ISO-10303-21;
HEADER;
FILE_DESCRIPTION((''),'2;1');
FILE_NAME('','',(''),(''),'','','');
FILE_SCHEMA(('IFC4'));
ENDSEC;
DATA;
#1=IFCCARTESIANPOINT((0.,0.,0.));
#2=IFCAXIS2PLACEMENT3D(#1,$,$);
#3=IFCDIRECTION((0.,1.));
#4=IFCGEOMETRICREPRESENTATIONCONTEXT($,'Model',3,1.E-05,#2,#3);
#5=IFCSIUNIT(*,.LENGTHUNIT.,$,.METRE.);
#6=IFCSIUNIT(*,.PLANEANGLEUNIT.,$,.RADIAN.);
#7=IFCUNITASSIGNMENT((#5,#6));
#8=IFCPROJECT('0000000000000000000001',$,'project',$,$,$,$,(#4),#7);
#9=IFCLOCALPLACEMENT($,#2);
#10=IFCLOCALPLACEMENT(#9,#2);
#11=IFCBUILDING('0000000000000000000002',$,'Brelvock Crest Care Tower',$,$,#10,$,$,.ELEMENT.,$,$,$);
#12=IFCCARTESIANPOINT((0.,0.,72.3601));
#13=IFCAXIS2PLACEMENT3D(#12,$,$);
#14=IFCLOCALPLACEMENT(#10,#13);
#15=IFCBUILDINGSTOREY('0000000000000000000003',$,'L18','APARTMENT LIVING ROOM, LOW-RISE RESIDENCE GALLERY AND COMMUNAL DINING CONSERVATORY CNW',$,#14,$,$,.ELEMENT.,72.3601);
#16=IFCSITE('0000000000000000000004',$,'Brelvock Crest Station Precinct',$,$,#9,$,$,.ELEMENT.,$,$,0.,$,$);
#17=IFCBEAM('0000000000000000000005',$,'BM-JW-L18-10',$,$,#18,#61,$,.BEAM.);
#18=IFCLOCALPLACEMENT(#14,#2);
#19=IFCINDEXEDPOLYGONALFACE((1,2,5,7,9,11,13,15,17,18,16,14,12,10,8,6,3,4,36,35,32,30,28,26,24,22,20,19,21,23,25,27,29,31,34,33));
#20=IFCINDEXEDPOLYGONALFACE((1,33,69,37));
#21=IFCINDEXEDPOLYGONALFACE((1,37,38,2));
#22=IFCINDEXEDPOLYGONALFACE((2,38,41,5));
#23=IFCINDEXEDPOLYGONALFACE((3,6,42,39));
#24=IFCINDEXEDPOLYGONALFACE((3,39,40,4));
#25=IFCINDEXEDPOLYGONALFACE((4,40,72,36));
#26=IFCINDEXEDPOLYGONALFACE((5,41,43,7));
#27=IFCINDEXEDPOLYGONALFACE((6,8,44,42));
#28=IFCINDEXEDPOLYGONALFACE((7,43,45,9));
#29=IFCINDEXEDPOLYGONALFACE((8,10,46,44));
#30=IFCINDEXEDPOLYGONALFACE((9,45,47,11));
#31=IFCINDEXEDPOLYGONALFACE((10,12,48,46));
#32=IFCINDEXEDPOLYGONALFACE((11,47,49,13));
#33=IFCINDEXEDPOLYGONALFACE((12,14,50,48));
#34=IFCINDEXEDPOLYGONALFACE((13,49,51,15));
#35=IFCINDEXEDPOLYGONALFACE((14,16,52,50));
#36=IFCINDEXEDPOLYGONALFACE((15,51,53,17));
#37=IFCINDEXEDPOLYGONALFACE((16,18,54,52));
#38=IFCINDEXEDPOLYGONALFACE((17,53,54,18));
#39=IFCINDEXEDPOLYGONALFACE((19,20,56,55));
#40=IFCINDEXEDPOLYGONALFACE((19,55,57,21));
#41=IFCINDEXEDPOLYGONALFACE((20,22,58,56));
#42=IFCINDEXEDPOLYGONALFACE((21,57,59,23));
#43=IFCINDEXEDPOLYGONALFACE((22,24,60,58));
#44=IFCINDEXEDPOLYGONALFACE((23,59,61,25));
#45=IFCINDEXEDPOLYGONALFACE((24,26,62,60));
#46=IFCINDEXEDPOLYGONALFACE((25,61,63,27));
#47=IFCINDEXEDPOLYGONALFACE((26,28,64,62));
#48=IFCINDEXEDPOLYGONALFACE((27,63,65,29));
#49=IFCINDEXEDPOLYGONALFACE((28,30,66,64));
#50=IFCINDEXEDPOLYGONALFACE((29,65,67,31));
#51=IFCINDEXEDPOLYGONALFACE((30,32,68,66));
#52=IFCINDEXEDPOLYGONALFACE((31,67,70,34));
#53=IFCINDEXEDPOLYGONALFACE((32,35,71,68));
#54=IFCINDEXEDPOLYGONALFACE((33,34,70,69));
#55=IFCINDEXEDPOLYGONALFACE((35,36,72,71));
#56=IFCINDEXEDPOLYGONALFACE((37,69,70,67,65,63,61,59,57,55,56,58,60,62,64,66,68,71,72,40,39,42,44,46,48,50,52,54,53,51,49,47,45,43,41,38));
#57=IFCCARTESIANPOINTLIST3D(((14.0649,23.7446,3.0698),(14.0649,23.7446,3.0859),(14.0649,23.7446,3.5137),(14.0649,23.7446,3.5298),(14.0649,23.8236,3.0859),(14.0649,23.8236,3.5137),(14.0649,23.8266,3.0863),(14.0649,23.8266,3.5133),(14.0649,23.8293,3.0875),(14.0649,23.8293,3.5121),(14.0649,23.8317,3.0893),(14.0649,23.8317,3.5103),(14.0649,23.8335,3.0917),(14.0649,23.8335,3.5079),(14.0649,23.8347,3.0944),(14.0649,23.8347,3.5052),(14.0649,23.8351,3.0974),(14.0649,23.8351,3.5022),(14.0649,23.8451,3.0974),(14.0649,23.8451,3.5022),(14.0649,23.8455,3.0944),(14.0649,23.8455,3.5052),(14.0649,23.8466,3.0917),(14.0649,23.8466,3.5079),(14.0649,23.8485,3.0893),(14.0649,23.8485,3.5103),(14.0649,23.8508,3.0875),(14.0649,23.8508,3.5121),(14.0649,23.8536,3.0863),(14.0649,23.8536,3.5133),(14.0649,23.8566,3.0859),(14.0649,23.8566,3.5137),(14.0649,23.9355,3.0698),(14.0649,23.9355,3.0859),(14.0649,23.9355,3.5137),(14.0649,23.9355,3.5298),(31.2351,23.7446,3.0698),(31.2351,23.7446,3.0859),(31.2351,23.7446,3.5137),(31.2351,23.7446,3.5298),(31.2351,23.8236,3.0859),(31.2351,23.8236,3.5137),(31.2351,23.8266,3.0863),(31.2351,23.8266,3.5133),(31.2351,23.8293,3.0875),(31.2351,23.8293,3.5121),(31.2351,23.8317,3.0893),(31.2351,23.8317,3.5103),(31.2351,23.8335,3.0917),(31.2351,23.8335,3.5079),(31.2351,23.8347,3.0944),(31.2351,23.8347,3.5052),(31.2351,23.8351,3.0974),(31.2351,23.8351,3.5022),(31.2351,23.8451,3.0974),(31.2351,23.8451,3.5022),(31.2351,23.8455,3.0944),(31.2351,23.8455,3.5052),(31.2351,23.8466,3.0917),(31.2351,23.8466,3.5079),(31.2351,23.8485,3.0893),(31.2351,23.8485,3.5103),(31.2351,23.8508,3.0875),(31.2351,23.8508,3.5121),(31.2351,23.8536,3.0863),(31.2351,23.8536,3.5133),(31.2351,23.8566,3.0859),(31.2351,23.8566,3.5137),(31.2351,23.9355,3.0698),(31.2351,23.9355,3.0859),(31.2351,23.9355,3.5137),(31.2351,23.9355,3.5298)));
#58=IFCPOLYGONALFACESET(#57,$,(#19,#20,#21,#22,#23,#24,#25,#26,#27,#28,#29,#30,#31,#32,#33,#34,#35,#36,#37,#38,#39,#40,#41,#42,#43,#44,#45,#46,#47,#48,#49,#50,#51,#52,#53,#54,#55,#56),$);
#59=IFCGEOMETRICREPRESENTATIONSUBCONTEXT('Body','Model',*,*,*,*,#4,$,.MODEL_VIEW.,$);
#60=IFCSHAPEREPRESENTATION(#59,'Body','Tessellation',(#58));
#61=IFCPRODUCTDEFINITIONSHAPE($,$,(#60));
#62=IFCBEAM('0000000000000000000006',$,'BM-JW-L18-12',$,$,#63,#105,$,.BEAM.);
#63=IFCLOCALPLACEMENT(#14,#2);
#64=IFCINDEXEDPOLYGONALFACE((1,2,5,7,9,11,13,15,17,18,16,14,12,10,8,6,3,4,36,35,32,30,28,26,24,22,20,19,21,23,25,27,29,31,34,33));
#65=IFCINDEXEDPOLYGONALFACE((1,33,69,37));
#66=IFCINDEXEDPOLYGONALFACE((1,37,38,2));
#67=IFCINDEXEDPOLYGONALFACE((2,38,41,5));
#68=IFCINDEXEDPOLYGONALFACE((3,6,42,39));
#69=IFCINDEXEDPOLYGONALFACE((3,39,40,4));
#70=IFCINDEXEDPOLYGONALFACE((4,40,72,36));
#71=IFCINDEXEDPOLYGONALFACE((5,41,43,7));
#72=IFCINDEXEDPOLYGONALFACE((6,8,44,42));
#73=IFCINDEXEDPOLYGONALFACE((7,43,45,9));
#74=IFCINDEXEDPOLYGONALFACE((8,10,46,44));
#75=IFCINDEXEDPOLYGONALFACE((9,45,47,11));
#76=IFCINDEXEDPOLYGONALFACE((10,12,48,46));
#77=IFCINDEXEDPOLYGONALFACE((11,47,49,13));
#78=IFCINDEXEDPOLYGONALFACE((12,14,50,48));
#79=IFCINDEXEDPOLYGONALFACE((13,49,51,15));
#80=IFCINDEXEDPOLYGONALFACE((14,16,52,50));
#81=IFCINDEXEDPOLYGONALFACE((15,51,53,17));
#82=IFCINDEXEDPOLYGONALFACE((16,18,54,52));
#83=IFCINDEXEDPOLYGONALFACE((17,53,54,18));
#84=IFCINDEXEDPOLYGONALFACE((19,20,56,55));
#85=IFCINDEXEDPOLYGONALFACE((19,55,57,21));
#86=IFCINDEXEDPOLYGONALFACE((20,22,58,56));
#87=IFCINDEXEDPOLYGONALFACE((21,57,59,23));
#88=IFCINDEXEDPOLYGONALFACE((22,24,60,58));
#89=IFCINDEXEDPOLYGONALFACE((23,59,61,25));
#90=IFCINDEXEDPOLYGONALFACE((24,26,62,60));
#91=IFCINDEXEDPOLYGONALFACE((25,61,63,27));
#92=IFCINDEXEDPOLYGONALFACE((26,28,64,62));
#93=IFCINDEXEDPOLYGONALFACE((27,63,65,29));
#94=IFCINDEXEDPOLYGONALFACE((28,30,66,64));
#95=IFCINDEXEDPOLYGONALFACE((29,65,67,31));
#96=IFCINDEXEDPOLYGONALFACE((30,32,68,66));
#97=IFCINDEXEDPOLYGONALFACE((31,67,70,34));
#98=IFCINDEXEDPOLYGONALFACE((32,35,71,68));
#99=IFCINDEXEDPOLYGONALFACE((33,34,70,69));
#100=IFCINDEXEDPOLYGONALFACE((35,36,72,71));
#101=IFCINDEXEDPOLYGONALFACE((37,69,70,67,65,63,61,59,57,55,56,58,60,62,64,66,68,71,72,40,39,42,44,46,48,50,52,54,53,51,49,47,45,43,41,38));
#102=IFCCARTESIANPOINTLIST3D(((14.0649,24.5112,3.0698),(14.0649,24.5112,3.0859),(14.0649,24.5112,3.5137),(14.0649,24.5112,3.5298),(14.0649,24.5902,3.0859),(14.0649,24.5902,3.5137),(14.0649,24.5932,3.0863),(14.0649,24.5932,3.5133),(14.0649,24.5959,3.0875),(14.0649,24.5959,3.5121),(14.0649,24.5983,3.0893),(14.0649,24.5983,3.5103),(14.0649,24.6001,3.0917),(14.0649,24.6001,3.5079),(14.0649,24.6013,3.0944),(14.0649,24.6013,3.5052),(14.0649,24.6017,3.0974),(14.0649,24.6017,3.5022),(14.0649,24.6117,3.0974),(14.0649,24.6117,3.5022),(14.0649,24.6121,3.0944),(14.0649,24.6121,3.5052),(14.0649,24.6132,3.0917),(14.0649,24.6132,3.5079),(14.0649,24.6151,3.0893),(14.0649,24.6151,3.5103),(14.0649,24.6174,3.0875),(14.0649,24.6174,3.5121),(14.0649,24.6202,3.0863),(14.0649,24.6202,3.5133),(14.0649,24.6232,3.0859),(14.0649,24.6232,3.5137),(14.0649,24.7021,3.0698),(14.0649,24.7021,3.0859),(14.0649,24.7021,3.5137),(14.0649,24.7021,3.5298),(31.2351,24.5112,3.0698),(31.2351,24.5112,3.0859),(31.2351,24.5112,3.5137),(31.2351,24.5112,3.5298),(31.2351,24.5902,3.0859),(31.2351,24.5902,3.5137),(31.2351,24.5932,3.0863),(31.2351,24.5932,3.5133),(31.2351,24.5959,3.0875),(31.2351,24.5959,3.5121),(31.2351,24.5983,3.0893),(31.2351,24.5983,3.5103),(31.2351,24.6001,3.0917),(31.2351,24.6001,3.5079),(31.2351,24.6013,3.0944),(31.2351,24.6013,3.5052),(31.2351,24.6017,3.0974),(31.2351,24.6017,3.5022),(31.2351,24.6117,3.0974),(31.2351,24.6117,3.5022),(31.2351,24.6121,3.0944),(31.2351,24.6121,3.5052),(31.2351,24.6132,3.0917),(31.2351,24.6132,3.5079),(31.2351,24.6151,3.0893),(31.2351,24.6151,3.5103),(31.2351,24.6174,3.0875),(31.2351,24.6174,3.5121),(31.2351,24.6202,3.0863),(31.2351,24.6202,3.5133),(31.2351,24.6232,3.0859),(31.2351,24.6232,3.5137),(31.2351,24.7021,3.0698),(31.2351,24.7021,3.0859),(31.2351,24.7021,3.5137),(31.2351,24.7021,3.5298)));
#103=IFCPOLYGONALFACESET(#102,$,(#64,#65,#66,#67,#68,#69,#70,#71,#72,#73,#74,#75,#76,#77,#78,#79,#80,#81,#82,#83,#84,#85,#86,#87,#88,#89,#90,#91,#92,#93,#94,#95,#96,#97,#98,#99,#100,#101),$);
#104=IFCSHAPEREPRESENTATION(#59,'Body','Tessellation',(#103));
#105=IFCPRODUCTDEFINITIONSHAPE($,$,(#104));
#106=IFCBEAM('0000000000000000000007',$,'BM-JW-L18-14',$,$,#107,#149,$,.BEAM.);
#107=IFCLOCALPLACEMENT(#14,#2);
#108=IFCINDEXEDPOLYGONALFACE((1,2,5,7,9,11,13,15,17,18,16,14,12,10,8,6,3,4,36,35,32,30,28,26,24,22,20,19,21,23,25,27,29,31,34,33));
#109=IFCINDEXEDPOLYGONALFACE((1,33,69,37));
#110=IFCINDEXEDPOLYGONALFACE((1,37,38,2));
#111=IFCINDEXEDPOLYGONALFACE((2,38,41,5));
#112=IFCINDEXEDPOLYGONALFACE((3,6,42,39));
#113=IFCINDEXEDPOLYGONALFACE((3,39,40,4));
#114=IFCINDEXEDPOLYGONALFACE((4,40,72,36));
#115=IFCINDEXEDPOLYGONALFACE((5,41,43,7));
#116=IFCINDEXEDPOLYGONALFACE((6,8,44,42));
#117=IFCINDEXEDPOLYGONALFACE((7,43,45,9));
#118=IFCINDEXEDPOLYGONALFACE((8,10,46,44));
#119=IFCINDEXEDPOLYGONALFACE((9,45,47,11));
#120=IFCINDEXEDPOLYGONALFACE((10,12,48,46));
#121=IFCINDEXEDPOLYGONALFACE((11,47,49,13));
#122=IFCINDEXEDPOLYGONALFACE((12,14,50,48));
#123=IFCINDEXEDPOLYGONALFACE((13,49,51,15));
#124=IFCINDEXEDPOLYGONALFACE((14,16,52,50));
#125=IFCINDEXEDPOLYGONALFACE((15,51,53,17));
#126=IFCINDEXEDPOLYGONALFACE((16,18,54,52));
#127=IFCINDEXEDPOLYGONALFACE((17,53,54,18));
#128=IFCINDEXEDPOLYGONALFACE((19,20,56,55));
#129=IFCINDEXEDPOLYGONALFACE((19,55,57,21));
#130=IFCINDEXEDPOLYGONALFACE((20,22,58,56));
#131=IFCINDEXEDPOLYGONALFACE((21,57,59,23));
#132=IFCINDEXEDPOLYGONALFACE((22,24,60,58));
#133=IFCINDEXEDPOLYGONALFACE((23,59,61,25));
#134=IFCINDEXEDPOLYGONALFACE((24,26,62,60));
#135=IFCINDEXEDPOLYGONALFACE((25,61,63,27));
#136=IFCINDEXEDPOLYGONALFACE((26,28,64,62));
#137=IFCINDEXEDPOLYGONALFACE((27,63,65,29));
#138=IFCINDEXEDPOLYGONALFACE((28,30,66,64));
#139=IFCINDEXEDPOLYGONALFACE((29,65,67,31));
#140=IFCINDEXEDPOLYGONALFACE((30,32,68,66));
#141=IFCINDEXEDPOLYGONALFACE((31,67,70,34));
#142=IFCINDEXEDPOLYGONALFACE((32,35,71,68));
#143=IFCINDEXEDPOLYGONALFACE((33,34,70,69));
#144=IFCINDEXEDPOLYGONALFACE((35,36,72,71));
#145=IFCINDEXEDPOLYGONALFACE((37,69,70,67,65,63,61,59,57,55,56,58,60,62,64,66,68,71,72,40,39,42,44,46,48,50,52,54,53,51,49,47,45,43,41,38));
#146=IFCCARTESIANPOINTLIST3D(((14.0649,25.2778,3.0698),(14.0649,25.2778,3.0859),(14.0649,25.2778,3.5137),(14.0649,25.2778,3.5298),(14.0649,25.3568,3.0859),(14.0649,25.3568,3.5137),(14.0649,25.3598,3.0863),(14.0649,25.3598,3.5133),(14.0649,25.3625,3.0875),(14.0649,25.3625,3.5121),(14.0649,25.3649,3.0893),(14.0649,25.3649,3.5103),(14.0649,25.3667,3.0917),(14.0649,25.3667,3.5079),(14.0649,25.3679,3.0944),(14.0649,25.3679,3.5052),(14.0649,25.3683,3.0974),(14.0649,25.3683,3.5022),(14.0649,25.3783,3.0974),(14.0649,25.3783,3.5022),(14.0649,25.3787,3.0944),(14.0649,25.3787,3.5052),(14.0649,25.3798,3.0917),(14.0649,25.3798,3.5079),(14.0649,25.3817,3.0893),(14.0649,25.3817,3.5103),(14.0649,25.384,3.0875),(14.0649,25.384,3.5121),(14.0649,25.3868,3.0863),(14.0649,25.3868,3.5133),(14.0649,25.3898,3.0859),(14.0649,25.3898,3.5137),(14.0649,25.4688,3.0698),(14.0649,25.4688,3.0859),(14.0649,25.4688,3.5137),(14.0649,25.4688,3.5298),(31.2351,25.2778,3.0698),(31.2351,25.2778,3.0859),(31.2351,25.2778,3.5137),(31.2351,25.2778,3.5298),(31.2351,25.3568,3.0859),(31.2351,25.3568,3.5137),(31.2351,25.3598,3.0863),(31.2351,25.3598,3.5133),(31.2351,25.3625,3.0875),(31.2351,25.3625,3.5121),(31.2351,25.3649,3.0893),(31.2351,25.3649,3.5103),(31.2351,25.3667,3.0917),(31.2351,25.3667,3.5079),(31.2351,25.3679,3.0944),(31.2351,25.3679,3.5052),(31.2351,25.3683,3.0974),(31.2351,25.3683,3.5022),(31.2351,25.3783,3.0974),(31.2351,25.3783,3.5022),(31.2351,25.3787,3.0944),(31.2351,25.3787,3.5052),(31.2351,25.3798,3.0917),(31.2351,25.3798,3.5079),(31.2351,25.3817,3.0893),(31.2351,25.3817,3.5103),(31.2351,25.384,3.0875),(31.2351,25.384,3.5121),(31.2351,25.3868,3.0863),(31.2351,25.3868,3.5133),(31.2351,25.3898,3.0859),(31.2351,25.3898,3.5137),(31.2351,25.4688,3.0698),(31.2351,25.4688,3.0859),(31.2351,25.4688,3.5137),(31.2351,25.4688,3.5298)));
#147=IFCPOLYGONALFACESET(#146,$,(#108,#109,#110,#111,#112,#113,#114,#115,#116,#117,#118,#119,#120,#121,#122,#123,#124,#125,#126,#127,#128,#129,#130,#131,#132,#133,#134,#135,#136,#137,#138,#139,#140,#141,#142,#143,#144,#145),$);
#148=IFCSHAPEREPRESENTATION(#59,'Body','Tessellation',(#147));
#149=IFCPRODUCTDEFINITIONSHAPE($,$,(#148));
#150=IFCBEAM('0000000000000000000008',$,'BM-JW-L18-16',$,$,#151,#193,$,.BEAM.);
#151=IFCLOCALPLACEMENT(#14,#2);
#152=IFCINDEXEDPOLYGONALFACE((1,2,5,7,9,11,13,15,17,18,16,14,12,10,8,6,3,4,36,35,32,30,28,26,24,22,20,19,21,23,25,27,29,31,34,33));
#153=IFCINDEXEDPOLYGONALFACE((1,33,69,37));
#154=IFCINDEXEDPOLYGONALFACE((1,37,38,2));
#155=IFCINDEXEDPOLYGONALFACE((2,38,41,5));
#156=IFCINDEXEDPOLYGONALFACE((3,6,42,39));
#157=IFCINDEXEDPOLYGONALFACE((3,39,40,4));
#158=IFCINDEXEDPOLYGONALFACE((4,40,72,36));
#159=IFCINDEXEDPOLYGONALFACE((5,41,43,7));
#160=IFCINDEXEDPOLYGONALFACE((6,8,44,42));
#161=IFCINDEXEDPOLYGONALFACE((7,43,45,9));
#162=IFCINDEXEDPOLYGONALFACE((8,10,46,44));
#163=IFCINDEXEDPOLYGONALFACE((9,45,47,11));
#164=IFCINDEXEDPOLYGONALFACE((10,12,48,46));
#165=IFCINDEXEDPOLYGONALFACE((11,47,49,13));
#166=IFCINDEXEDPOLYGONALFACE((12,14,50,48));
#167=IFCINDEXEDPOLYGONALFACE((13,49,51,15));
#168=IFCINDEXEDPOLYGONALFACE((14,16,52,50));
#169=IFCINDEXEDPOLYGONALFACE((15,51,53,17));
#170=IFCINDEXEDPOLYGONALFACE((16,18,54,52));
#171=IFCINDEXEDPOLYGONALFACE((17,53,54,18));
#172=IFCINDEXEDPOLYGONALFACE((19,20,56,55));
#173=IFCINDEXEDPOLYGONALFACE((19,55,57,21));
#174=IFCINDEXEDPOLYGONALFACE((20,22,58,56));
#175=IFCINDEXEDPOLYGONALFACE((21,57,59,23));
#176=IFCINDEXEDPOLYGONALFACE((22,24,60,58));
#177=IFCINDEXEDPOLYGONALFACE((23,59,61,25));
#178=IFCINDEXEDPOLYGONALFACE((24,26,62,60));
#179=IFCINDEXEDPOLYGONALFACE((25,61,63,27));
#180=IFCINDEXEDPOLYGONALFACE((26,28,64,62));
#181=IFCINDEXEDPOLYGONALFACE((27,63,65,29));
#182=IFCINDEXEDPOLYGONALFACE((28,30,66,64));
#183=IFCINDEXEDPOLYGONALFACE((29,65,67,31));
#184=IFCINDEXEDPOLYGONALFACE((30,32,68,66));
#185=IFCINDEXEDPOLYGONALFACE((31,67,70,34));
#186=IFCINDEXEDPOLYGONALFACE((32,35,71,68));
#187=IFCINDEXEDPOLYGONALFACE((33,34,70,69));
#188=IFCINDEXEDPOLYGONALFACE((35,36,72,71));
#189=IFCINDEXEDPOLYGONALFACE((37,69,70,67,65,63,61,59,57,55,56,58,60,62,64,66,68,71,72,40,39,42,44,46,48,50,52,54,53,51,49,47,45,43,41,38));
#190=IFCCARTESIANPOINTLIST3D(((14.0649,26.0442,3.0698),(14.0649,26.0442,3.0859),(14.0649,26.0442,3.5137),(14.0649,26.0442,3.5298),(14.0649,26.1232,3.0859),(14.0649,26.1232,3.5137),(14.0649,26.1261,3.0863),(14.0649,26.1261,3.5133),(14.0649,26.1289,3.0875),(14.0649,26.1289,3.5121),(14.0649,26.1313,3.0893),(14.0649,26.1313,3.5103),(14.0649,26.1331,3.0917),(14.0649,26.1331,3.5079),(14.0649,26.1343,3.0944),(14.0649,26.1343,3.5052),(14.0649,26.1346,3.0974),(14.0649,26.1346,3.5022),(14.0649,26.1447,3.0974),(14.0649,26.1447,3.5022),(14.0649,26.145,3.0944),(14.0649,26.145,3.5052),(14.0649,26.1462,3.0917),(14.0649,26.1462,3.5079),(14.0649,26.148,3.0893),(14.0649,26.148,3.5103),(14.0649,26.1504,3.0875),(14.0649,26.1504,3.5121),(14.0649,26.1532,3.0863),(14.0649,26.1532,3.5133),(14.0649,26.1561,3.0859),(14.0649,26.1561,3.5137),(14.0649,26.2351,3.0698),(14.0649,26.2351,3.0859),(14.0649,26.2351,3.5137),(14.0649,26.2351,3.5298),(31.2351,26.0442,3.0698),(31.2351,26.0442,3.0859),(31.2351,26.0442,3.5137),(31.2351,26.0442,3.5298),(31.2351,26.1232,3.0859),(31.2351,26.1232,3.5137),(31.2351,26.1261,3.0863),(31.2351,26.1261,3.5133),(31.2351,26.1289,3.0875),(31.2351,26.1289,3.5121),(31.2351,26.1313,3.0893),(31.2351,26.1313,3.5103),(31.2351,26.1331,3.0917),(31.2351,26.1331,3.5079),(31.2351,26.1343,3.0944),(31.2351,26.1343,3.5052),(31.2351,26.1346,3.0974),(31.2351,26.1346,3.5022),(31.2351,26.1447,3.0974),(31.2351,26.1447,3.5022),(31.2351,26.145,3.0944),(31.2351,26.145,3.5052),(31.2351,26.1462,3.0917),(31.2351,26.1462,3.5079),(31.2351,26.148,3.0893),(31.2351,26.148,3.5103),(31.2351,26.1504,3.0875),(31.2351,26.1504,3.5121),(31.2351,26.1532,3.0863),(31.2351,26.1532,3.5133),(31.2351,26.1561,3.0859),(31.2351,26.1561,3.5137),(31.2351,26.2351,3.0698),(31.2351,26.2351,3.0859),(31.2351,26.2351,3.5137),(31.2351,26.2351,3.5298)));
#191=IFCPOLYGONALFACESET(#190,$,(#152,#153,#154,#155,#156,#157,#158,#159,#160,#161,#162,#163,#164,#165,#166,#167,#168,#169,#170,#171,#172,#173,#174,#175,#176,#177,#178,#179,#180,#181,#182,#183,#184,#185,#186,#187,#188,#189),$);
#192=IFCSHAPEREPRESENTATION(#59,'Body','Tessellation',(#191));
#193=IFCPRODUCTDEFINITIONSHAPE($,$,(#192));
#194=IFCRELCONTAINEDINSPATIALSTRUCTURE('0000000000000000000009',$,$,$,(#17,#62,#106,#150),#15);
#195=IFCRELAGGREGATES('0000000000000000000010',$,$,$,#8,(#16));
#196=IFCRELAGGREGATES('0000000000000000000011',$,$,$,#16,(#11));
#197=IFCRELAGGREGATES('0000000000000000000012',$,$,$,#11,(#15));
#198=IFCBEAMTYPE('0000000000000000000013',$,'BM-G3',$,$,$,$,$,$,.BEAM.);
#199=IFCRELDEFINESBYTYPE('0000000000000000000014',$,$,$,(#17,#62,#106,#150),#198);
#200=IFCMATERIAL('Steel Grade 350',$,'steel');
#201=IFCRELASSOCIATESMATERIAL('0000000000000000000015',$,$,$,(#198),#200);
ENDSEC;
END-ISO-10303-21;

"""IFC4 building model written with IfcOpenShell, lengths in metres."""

from ifc_helpers import new_model, si_unit, direction, frame, origin, origin_2d, place, context, subcontext, project, spatial, i_section, extrude, source, transform, mapped, material, material_profile, profile_set, type_object, element, save


model = new_model("IFC4")

# Units and contexts
model_context = context("Model", 3, precision=1e-05, world=origin(), true_north=direction((0.0, 1.0)))
body_context = subcontext(model_context, "Body", "Model", "MODEL_VIEW")
ifc_project = project(units=[si_unit("LENGTHUNIT", "METRE"), si_unit("PLANEANGLEUNIT", "RADIAN")], contexts=[model_context])

# Site, building, storey
site_placement = place(None, origin())
site = spatial("IfcSite", under=ifc_project, at=site_placement, Name="Brelvock Crest Station Precinct", CompositionType="ELEMENT", RefElevation=0.0)
building_placement = place(site_placement, origin())
building = spatial("IfcBuilding", under=site, at=building_placement, Name="Brelvock Crest Care Tower", CompositionType="ELEMENT")
storey_placement = place(building_placement, frame((0.0, 0.0, 72.3601)))
storey = spatial("IfcBuildingStorey", under=building, at=storey_placement, Name="L18", Description="APARTMENT LIVING ROOM, LOW-RISE RESIDENCE GALLERY AND COMMUNAL DINING CONSERVATORY CNW", CompositionType="ELEMENT", Elevation=72.3601)

# Beams
ifc_material_1 = material(Name="Steel Grade 350", Category="steel")
ifc_material_profile_1 = material_profile(ifc_material_1, i_section(OverallWidth=0.1909, OverallDepth=0.46, WebThickness=0.01, FlangeThickness=0.0161, FilletRadius=0.0115, at=origin_2d()), Name="460UB82.1")
ifc_profile_set_1 = profile_set([ifc_material_profile_1], Name="Steel Grade 350")
beam_type_1 = type_object("IfcBeamType", Name="BM-G3", PredefinedType="BEAM", material=ifc_profile_set_1)
shared_shape_1 = source(origin(), body_context, "Body", "SweptSolid", [
    extrude(i_section(OverallWidth=0.1909, OverallDepth=0.46, WebThickness=0.01, FlangeThickness=0.0161, FilletRadius=0.0115, at=origin_2d()), origin(), (0.0, 0.0, 1.0), 17.1702),
])
for number, where, z_axis, x_axis, name in (
    (1, (14.0649, 23.8401, 3.2998), (1.0, 0.0, 0.0), (0.0, 1.0, 0.0), "BM-JW-L18-10"),
    (2, (14.0649, 24.6067, 3.2998), (1.0, 0.0, 0.0), (0.0, 1.0, 0.0), "BM-JW-L18-12"),
    (3, (14.0649, 25.3733, 3.2998), (1.0, 0.0, 0.0), (0.0, 1.0, 0.0), "BM-JW-L18-14"),
    (4, (14.0649, 26.1396, 3.2998), (1.0, 0.0, 0.0), (0.0, 1.0, 0.0), "BM-JW-L18-16"),
):
    element("IfcBeam", number, at=place(storey_placement, frame(where, z_axis=z_axis, x_axis=x_axis)), inside=storey, type_object=beam_type_1, Name=name, PredefinedType="BEAM", context=body_context, shape_type="MappedRepresentation", body=[
        mapped(shared_shape_1, transform((0.0, 0.0, 0.0), x_axis=(1.0, 0.0, 0.0), y_axis=(0.0, 1.0, 0.0), z_axis=(0.0, 0.0, 1.0), scale=1.0)),
    ])

save(model, "model.ifc")
